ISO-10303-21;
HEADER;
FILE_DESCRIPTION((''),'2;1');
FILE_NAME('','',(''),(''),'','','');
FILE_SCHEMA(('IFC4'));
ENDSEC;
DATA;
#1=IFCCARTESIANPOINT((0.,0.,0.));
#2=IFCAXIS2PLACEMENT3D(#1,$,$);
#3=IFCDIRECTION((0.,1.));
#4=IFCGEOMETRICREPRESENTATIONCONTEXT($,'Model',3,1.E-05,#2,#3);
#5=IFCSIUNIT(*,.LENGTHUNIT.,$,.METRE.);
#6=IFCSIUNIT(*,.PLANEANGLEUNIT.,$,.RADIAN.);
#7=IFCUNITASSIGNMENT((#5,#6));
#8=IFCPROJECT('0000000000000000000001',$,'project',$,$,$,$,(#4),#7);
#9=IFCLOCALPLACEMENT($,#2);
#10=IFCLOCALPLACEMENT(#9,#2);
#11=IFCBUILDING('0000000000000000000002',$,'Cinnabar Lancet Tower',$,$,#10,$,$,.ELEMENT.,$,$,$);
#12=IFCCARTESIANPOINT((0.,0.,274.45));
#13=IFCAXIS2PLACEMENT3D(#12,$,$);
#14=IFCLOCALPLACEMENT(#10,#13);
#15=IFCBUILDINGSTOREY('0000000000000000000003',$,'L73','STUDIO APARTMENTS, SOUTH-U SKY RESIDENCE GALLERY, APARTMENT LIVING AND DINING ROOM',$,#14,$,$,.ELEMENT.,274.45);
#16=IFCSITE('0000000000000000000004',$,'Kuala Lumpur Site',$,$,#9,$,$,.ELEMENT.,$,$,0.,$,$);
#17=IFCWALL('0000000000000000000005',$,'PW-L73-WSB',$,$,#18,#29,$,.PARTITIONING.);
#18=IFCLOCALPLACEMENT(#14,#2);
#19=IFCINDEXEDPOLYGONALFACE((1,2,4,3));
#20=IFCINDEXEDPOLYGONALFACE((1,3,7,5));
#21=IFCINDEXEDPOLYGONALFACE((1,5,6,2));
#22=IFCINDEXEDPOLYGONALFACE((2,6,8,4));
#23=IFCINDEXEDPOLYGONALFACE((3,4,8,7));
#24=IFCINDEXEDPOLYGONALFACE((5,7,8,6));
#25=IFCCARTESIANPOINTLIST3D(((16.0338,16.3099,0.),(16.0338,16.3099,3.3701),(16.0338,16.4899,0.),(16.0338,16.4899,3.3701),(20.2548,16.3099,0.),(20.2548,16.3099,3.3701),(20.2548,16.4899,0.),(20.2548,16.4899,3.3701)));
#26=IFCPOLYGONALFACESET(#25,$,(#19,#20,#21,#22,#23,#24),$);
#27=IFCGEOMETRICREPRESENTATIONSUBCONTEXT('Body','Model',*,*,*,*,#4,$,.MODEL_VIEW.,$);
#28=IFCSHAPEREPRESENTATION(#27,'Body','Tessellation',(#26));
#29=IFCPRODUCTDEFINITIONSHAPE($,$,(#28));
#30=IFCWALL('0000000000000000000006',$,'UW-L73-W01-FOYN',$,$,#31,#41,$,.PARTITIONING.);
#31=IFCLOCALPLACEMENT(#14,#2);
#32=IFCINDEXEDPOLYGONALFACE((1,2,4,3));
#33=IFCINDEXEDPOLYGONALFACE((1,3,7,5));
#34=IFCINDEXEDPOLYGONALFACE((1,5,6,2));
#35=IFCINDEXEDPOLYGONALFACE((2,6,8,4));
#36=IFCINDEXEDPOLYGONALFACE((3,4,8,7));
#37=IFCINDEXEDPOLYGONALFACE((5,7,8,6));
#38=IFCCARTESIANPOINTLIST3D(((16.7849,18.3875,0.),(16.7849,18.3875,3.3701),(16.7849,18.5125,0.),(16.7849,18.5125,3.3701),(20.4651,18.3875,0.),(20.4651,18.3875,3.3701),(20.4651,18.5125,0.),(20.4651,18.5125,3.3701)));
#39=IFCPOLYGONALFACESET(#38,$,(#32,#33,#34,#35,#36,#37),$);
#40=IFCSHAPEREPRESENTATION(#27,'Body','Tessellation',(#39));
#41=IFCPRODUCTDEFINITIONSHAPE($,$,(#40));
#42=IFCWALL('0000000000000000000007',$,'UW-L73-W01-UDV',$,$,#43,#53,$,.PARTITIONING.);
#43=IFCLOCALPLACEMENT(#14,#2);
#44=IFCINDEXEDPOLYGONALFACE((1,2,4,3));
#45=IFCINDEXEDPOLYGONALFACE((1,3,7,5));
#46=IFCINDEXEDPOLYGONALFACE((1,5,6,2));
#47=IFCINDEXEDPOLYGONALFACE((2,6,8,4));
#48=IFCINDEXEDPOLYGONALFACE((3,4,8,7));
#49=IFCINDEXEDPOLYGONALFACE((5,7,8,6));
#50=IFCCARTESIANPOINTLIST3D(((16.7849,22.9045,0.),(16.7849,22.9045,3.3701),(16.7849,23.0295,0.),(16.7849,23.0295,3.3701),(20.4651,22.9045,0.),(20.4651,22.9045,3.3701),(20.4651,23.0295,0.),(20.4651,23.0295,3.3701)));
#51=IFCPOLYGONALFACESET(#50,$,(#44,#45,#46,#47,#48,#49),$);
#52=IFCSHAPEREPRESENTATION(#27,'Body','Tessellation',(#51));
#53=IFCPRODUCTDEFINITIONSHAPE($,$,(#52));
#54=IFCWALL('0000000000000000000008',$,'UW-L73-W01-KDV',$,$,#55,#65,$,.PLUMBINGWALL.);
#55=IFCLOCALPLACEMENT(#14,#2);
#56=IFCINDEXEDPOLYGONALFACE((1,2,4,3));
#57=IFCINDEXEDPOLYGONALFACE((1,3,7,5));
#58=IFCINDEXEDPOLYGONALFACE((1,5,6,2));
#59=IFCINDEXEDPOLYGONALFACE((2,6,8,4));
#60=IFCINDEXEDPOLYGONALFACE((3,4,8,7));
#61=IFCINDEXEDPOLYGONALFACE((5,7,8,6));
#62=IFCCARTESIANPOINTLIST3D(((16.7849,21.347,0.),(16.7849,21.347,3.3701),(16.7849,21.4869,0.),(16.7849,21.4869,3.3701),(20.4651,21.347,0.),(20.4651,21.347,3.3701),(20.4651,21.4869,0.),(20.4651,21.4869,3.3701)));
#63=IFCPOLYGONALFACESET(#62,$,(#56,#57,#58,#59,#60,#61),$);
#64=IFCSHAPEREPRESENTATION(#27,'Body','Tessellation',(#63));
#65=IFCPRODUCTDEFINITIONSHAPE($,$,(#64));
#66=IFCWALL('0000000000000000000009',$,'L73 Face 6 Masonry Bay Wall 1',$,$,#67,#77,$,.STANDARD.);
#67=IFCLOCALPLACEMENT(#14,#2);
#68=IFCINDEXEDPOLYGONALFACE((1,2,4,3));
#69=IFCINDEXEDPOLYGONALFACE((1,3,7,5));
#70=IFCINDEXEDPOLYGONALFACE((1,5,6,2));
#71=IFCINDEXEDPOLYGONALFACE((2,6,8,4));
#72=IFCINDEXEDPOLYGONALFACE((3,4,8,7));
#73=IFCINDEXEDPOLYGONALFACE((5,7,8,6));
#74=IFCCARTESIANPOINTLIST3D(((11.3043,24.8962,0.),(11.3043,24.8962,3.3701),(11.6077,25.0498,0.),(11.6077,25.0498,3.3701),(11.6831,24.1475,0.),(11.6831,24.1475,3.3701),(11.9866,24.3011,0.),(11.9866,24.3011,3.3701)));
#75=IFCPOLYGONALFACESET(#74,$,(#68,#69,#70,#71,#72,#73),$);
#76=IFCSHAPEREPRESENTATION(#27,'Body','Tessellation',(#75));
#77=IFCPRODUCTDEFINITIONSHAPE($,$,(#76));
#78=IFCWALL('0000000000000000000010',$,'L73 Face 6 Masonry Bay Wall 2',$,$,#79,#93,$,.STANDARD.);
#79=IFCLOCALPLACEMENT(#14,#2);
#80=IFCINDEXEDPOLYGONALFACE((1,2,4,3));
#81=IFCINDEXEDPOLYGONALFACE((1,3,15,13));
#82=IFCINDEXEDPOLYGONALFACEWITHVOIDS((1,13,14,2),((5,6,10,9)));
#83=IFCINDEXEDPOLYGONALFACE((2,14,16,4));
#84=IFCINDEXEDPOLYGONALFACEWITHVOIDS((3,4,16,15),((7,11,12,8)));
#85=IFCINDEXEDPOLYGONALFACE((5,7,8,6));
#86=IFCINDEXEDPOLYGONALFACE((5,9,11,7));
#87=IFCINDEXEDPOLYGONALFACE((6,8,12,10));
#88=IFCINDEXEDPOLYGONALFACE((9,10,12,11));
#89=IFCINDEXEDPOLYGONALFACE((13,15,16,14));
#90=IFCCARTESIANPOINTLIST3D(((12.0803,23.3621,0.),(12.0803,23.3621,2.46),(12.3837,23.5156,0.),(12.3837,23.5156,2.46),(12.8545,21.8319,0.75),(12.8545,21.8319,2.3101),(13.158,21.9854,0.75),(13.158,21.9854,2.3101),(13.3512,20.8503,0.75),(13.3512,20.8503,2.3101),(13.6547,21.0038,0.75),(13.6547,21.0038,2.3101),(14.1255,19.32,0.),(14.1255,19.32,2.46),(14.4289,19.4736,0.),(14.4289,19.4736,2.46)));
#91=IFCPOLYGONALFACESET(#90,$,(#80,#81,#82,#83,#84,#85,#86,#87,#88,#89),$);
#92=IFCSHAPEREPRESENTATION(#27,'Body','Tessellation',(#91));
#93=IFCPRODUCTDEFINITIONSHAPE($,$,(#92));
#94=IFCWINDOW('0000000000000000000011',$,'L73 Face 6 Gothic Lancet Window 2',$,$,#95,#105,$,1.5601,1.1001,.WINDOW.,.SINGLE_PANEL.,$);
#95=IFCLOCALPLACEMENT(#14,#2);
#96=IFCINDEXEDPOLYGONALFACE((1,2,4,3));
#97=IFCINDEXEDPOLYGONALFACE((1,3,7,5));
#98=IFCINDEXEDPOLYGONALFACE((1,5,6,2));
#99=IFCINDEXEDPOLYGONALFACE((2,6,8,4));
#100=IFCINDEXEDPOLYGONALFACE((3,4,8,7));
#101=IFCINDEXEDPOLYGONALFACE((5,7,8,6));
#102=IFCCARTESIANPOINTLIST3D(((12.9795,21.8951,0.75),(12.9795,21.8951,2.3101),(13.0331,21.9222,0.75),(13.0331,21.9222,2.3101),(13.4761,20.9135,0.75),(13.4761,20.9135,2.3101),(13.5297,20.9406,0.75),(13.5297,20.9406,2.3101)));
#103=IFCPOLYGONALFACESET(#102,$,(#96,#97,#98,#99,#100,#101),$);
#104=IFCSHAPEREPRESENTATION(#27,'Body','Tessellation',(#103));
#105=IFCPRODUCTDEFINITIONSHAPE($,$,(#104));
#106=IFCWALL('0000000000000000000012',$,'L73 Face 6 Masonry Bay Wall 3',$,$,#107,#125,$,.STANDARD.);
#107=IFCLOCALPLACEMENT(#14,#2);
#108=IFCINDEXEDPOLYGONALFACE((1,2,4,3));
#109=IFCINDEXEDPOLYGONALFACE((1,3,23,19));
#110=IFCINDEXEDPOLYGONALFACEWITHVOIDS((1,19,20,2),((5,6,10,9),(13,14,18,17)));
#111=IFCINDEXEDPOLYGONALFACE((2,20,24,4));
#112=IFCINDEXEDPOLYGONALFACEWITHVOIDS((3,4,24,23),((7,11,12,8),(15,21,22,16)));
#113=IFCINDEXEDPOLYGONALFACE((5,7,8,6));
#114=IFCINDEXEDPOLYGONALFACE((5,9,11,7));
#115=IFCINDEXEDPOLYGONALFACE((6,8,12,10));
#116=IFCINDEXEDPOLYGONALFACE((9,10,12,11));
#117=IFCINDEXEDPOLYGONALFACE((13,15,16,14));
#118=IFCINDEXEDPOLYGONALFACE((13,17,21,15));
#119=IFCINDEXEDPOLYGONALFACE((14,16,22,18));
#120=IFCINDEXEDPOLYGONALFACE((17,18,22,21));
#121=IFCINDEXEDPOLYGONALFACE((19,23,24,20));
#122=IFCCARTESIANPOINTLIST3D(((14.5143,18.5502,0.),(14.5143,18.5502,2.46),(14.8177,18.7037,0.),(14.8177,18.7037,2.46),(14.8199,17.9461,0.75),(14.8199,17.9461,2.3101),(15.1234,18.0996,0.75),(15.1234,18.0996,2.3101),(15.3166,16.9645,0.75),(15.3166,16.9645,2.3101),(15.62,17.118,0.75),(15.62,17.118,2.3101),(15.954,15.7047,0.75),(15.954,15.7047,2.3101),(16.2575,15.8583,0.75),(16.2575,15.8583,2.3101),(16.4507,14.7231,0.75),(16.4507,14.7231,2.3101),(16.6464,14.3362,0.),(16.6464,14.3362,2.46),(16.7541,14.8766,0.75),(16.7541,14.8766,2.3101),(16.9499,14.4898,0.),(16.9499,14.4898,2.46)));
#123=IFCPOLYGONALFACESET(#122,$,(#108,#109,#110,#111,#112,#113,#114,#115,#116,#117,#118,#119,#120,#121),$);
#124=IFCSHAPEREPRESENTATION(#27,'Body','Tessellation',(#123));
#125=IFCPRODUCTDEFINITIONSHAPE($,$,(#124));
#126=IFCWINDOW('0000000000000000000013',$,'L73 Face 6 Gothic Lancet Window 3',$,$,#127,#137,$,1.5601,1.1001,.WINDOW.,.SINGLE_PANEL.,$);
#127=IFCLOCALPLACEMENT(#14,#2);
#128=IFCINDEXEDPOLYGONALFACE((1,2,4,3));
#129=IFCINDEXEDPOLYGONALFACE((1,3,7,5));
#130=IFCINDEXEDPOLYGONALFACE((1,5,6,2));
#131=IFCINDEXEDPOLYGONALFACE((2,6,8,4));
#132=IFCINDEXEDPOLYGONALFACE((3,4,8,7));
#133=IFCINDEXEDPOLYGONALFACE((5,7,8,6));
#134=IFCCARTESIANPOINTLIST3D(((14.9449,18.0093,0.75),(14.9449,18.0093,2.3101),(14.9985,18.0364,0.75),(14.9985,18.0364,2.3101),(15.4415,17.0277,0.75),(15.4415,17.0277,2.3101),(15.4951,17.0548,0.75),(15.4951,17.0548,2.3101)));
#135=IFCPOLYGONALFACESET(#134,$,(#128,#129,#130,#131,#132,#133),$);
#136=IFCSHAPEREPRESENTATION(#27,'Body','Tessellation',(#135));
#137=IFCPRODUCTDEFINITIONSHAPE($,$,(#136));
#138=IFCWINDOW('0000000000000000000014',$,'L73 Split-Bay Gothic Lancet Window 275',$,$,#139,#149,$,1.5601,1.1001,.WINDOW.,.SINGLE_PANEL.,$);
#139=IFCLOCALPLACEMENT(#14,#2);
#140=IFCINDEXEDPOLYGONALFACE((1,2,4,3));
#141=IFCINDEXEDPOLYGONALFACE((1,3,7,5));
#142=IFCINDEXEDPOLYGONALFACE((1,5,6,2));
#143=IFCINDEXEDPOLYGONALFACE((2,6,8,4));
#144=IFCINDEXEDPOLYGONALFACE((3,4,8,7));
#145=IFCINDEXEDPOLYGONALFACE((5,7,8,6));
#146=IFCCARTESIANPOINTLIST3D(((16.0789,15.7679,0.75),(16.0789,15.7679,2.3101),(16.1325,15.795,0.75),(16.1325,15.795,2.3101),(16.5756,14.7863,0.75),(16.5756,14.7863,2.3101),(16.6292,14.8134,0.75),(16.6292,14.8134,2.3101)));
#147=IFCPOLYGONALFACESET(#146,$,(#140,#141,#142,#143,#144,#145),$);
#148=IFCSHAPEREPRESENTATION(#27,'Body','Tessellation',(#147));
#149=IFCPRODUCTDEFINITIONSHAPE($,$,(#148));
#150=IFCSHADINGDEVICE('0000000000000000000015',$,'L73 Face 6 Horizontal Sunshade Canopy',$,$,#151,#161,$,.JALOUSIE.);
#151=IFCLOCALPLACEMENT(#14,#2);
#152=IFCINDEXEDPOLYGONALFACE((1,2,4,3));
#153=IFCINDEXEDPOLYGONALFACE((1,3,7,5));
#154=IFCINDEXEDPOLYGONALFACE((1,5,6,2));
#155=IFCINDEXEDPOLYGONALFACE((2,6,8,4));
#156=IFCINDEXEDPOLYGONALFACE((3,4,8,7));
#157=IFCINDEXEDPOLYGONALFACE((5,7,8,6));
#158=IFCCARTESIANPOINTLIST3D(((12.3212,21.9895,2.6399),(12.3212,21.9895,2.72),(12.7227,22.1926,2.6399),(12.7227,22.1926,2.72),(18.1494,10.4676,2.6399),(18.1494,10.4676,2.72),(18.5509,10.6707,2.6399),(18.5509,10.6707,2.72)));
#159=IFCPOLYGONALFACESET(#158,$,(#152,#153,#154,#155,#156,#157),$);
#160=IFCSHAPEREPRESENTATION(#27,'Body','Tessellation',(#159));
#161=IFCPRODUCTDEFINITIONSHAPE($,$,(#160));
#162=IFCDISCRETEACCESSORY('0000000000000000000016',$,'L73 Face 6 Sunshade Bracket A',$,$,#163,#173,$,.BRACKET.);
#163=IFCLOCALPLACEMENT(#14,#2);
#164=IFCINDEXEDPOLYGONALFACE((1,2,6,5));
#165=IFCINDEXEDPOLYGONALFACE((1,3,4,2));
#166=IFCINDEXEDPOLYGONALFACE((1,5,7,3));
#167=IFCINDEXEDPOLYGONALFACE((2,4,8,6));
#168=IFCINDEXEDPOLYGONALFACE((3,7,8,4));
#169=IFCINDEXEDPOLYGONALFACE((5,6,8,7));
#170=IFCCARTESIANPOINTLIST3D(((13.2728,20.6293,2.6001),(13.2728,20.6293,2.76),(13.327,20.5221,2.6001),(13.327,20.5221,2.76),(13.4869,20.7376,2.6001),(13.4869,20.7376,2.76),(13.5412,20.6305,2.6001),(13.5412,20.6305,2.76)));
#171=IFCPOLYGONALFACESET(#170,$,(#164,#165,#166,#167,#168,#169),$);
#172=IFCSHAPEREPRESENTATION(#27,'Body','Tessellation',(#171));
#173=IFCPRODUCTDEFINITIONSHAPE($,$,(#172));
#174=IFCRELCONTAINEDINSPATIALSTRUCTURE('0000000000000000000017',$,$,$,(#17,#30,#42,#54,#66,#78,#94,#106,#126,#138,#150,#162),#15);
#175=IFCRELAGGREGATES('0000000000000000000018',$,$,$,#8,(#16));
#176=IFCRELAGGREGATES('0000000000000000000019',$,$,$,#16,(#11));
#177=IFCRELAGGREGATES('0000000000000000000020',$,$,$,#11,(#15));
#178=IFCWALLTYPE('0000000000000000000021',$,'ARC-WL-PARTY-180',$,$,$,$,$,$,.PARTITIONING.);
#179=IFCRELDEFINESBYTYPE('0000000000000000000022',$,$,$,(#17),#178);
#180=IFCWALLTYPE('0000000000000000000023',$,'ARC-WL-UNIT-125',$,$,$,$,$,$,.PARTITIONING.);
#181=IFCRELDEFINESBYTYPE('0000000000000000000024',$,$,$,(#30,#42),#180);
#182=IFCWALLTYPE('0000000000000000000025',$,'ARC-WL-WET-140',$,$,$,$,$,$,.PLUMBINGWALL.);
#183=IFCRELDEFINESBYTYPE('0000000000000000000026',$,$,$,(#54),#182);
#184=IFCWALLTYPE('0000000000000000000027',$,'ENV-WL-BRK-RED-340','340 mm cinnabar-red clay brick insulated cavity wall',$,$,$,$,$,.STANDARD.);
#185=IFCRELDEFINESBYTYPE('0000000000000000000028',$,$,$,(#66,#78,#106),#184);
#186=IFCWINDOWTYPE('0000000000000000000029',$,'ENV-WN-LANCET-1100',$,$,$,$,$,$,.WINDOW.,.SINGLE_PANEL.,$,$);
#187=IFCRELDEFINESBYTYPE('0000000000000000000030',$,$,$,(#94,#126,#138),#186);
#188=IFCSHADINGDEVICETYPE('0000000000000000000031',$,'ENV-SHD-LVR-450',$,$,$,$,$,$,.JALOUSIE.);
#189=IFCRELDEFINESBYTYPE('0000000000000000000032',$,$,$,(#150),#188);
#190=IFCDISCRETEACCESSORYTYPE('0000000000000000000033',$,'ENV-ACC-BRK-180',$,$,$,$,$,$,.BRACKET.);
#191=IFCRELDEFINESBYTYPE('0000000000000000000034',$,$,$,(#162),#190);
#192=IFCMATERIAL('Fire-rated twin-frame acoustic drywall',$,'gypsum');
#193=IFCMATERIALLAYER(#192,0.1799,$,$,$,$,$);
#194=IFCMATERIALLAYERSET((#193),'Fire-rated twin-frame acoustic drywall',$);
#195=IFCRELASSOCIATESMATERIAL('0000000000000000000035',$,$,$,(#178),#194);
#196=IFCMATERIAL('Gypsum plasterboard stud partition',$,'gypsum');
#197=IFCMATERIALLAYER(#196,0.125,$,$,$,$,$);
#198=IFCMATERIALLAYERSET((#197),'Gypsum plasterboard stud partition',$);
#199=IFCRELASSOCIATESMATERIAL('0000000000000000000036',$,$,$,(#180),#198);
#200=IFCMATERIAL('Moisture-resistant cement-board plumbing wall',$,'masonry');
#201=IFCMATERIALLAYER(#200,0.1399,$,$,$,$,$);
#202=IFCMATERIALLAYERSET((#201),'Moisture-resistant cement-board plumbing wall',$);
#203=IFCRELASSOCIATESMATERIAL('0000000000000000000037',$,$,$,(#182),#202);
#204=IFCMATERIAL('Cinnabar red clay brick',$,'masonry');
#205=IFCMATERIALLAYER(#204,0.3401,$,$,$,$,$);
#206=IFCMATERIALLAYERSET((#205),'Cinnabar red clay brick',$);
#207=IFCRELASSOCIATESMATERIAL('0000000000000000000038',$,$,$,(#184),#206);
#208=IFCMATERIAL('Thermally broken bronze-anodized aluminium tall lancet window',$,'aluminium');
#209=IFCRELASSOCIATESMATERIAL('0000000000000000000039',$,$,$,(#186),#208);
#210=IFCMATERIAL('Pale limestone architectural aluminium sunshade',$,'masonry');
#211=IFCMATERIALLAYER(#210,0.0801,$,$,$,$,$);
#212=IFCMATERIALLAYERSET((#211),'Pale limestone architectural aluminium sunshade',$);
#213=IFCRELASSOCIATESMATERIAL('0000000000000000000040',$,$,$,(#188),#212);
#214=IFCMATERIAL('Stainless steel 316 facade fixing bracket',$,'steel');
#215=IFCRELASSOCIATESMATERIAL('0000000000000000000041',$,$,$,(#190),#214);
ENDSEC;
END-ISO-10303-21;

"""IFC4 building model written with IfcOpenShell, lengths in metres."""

from ifc_helpers import new_model, si_unit, direction, frame, frame_2d, origin, origin_2d, place, context, subcontext, project, spatial, rectangle, extrude, material, layer, layer_set, type_object, element, fill, save


model = new_model("IFC4")

# Units and contexts
model_context = context("Model", 3, precision=1e-05, world=origin(), true_north=direction((0.0, 1.0)))
body_context = subcontext(model_context, "Body", "Model", "MODEL_VIEW")
ifc_project = project(units=[si_unit("LENGTHUNIT", "METRE"), si_unit("PLANEANGLEUNIT", "RADIAN")], contexts=[model_context])

# Site, building, storey
site_placement = place(None, origin())
site = spatial("IfcSite", under=ifc_project, at=site_placement, Name="Kuala Lumpur Site", CompositionType="ELEMENT", RefElevation=0.0)
building_placement = place(site_placement, origin())
building = spatial("IfcBuilding", under=site, at=building_placement, Name="Cinnabar Lancet Tower", CompositionType="ELEMENT")
storey_placement = place(building_placement, frame((0.0, 0.0, 274.45)))
storey = spatial("IfcBuildingStorey", under=building, at=storey_placement, Name="L73", Description="STUDIO APARTMENTS, SOUTH-U SKY RESIDENCE GALLERY, APARTMENT LIVING AND DINING ROOM", CompositionType="ELEMENT", Elevation=274.45)

# Walls
ifc_material_1 = material(Name="Fire-rated twin-frame acoustic drywall", Category="gypsum")
ifc_layer_1 = layer(ifc_material_1, 0.1799)
ifc_layer_set_1 = layer_set([ifc_layer_1], Name="Fire-rated twin-frame acoustic drywall")
wall_type_1 = type_object("IfcWallType", Name="ARC-WL-PARTY-180", PredefinedType="PARTITIONING", material=ifc_layer_set_1)
wall_1_placement = place(storey_placement, frame((16.0339, 16.3999, 0.0), z_axis=(0.0, 0.0, 1.0), x_axis=(1.0, 0.0, 0.0)))
element("IfcWall", 1, at=wall_1_placement, inside=storey, type_object=wall_type_1, Name="PW-L73-WSB", PredefinedType="PARTITIONING", context=body_context, shape_type="SweptSolid", body=[
    extrude(rectangle(XDim=4.2209, YDim=0.1799, at=frame_2d((2.1104, 0.0))), origin(), (0.0, 0.0, 1.0), 3.3701),
])
ifc_material_2 = material(Name="Gypsum plasterboard stud partition", Category="gypsum")
ifc_layer_2 = layer(ifc_material_2, 0.125)
ifc_layer_set_2 = layer_set([ifc_layer_2], Name="Gypsum plasterboard stud partition")
wall_type_2 = type_object("IfcWallType", Name="ARC-WL-UNIT-125", PredefinedType="PARTITIONING", material=ifc_layer_set_2)
for number, where, z_axis, x_axis, name in (
    (2, (16.7849, 18.45, 0.0), (0.0, 0.0, 1.0), (1.0, 0.0, 0.0), "UW-L73-W01-FOYN"),
    (3, (16.7849, 22.967, 0.0), (0.0, 0.0, 1.0), (1.0, 0.0, 0.0), "UW-L73-W01-UDV"),
):
    element("IfcWall", number, at=place(storey_placement, frame(where, z_axis=z_axis, x_axis=x_axis)), inside=storey, type_object=wall_type_2, Name=name, PredefinedType="PARTITIONING", context=body_context, shape_type="SweptSolid", body=[
        extrude(rectangle(XDim=3.6802, YDim=0.125, at=frame_2d((1.8401, 0.0))), origin(), (0.0, 0.0, 1.0), 3.3701),
    ])

# Shared definitions
ifc_material_3 = material(Name="Moisture-resistant cement-board plumbing wall", Category="masonry")
ifc_layer_3 = layer(ifc_material_3, 0.1399)
ifc_layer_set_3 = layer_set([ifc_layer_3], Name="Moisture-resistant cement-board plumbing wall")
wall_type_3 = type_object("IfcWallType", Name="ARC-WL-WET-140", PredefinedType="PLUMBINGWALL", material=ifc_layer_set_3)

# Walls
wall_2_placement = place(storey_placement, frame((16.7849, 21.417, 0.0), z_axis=(0.0, 0.0, 1.0), x_axis=(1.0, 0.0, 0.0)))
element("IfcWall", 4, at=wall_2_placement, inside=storey, type_object=wall_type_3, Name="UW-L73-W01-KDV", PredefinedType="PLUMBINGWALL", context=body_context, shape_type="SweptSolid", body=[
    extrude(rectangle(XDim=3.6802, YDim=0.1399, at=frame_2d((1.8401, 0.0))), origin(), (0.0, 0.0, 1.0), 3.3701),
])
ifc_material_4 = material(Name="Cinnabar red clay brick", Category="masonry")
ifc_layer_4 = layer(ifc_material_4, 0.3401)
ifc_layer_set_4 = layer_set([ifc_layer_4], Name="Cinnabar red clay brick")
wall_type_4 = type_object("IfcWallType", Name="ENV-WL-BRK-RED-340", Description="340 mm cinnabar-red clay brick insulated cavity wall", PredefinedType="STANDARD", material=ifc_layer_set_4)
wall_3_placement = place(storey_placement, frame((11.4561, 24.9729, 0.0), z_axis=(0.0, 0.0, 1.0), x_axis=(0.451514, -0.892264, 0.0)))
element("IfcWall", 5, at=wall_3_placement, inside=storey, type_object=wall_type_4, Name="L73 Face 6 Masonry Bay Wall 1", PredefinedType="STANDARD", context=body_context, shape_type="SweptSolid", body=[
    extrude(rectangle(XDim=0.8391, YDim=0.3401, at=frame_2d((0.4194, 0.0))), origin(), (0.0, 0.0, 1.0), 3.3701),
])

# Wall, opening, window
wall_4_placement = place(storey_placement, frame((12.2319, 23.439, 0.0), z_axis=(0.0, 0.0, 1.0), x_axis=(0.451477, -0.892283, 0.0)))
wall_4 = element("IfcWall", 6, at=wall_4_placement, inside=storey, type_object=wall_type_4, Name="L73 Face 6 Masonry Bay Wall 2", PredefinedType="STANDARD", context=body_context, shape_type="SweptSolid", body=[
    extrude(rectangle(XDim=4.53, YDim=0.3401, at=frame_2d((2.2651, 0.0))), origin(), (0.0, 0.0, 1.0), 2.46),
])
opening_1_placement = place(wall_4_placement, frame((1.7151, 0.0, 0.75)))
opening_1 = element("IfcOpeningElement", 7, at=opening_1_placement, cuts=wall_4, PredefinedType="OPENING", context=body_context, shape_type="SweptSolid", body=[
    extrude(rectangle(XDim=1.1001, YDim=1.5601, at=frame_2d((0.55, 0.78))), frame((0.0, 0.1799, 0.0), z_axis=(0.0, -1.0, 0.0), x_axis=(1.0, 0.0, 0.0)), (0.0, 0.0, 1.0), 0.3601),
])
ifc_material_5 = material(Name="Thermally broken bronze-anodized aluminium tall lancet window", Category="aluminium")
window_type = type_object("IfcWindowType", Name="ENV-WN-LANCET-1100", PartitioningType="SINGLE_PANEL", PredefinedType="WINDOW", material=ifc_material_5)
window_1_placement = place(opening_1_placement, origin())
window_1 = element("IfcWindow", 8, at=window_1_placement, inside=storey, type_object=window_type, Name="L73 Face 6 Gothic Lancet Window 2", OverallHeight=1.5601, OverallWidth=1.1001, PartitioningType="SINGLE_PANEL", PredefinedType="WINDOW", context=body_context, shape_type="SweptSolid", body=[
    extrude(rectangle(XDim=1.1001, YDim=1.5601, at=frame_2d((0.55, 0.78))), frame((0.0, 0.03, 0.0), z_axis=(0.0, -1.0, 0.0), x_axis=(1.0, 0.0, 0.0)), (0.0, 0.0, 1.0), 0.0601),
])
fill(opening_1, window_1)

# Wall, openings, windows
wall_5_placement = place(storey_placement, frame((14.666, 18.627, 0.0), z_axis=(0.0, 0.0, 1.0), x_axis=(0.451468, -0.892287, 0.0)))
wall_5 = element("IfcWall", 9, at=wall_5_placement, inside=storey, type_object=wall_type_4, Name="L73 Face 6 Masonry Bay Wall 3", PredefinedType="STANDARD", context=body_context, shape_type="SweptSolid", body=[
    extrude(rectangle(XDim=4.7227, YDim=0.3401, at=frame_2d((2.3613, 0.0))), origin(), (0.0, 0.0, 1.0), 2.46),
])
opening_2_placement = place(wall_5_placement, frame((0.677, 0.0, 0.75)))
opening_2 = element("IfcOpeningElement", 10, at=opening_2_placement, cuts=wall_5, PredefinedType="OPENING", context=body_context, shape_type="SweptSolid", body=[
    extrude(rectangle(XDim=1.1001, YDim=1.5601, at=frame_2d((0.55, 0.78))), frame((0.0, 0.1799, 0.0), z_axis=(0.0, -1.0, 0.0), x_axis=(1.0, 0.0, 0.0)), (0.0, 0.0, 1.0), 0.3601),
])
opening_3_placement = place(wall_5_placement, frame((3.189, 0.0, 0.75)))
opening_3 = element("IfcOpeningElement", 11, at=opening_3_placement, cuts=wall_5, PredefinedType="OPENING", context=body_context, shape_type="SweptSolid", body=[
    extrude(rectangle(XDim=1.1001, YDim=1.5601, at=frame_2d((0.55, 0.78))), frame((0.0, 0.1799, 0.0), z_axis=(0.0, -1.0, 0.0), x_axis=(1.0, 0.0, 0.0)), (0.0, 0.0, 1.0), 0.3601),
])
window_2_placement = place(opening_2_placement, origin())
window_2 = element("IfcWindow", 12, at=window_2_placement, inside=storey, type_object=window_type, Name="L73 Face 6 Gothic Lancet Window 3", OverallHeight=1.5601, OverallWidth=1.1001, PartitioningType="SINGLE_PANEL", PredefinedType="WINDOW", context=body_context, shape_type="SweptSolid", body=[
    extrude(rectangle(XDim=1.1001, YDim=1.5601, at=frame_2d((0.55, 0.78))), frame((0.0, 0.03, 0.0), z_axis=(0.0, -1.0, 0.0), x_axis=(1.0, 0.0, 0.0)), (0.0, 0.0, 1.0), 0.0601),
])
fill(opening_2, window_2)
window_3_placement = place(opening_3_placement, origin())
window_3 = element("IfcWindow", 13, at=window_3_placement, inside=storey, type_object=window_type, Name="L73 Split-Bay Gothic Lancet Window 275", OverallHeight=1.5601, OverallWidth=1.1001, PartitioningType="SINGLE_PANEL", PredefinedType="WINDOW", context=body_context, shape_type="SweptSolid", body=[
    extrude(rectangle(XDim=1.1001, YDim=1.5601, at=frame_2d((0.55, 0.78))), frame((0.0, 0.03, 0.0), z_axis=(0.0, -1.0, 0.0), x_axis=(1.0, 0.0, 0.0)), (0.0, 0.0, 1.0), 0.0601),
])
fill(opening_3, window_3)

# Shading device
ifc_material_6 = material(Name="Pale limestone architectural aluminium sunshade", Category="masonry")
ifc_layer_5 = layer(ifc_material_6, 0.0801)
ifc_layer_set_5 = layer_set([ifc_layer_5], Name="Pale limestone architectural aluminium sunshade")
shading_device_type = type_object("IfcShadingDeviceType", Name="ENV-SHD-LVR-450", PredefinedType="JALOUSIE", material=ifc_layer_set_5)
shading_device_placement = place(storey_placement, frame((15.436, 16.3301, 2.6399), z_axis=(0.0, 0.0, 1.0), x_axis=(0.451376, -0.892334, 0.0)))
element("IfcShadingDevice", 14, at=shading_device_placement, inside=storey, type_object=shading_device_type, Name="L73 Face 6 Horizontal Sunshade Canopy", PredefinedType="JALOUSIE", context=body_context, shape_type="SweptSolid", body=[
    extrude(rectangle(XDim=12.9121, YDim=0.45, at=origin_2d()), origin(), (0.0, 0.0, 1.0), 0.0801),
])

# Discrete accessory
ifc_material_7 = material(Name="Stainless steel 316 facade fixing bracket", Category="steel")
discrete_accessory_type = type_object("IfcDiscreteAccessoryType", Name="ENV-ACC-BRK-180", PredefinedType="BRACKET", material=ifc_material_7)
discrete_accessory_placement = place(storey_placement, frame((13.407, 20.6299, 2.6001), z_axis=(0.0, 0.0, 1.0), x_axis=(0.451376, -0.892334, 0.0)))
element("IfcDiscreteAccessory", 15, at=discrete_accessory_placement, inside=storey, type_object=discrete_accessory_type, Name="L73 Face 6 Sunshade Bracket A", PredefinedType="BRACKET", context=body_context, shape_type="SweptSolid", body=[
    extrude(rectangle(XDim=0.1201, YDim=0.24, at=origin_2d()), origin(), (0.0, 0.0, 1.0), 0.1599),
])

save(model, "model.ifc")
